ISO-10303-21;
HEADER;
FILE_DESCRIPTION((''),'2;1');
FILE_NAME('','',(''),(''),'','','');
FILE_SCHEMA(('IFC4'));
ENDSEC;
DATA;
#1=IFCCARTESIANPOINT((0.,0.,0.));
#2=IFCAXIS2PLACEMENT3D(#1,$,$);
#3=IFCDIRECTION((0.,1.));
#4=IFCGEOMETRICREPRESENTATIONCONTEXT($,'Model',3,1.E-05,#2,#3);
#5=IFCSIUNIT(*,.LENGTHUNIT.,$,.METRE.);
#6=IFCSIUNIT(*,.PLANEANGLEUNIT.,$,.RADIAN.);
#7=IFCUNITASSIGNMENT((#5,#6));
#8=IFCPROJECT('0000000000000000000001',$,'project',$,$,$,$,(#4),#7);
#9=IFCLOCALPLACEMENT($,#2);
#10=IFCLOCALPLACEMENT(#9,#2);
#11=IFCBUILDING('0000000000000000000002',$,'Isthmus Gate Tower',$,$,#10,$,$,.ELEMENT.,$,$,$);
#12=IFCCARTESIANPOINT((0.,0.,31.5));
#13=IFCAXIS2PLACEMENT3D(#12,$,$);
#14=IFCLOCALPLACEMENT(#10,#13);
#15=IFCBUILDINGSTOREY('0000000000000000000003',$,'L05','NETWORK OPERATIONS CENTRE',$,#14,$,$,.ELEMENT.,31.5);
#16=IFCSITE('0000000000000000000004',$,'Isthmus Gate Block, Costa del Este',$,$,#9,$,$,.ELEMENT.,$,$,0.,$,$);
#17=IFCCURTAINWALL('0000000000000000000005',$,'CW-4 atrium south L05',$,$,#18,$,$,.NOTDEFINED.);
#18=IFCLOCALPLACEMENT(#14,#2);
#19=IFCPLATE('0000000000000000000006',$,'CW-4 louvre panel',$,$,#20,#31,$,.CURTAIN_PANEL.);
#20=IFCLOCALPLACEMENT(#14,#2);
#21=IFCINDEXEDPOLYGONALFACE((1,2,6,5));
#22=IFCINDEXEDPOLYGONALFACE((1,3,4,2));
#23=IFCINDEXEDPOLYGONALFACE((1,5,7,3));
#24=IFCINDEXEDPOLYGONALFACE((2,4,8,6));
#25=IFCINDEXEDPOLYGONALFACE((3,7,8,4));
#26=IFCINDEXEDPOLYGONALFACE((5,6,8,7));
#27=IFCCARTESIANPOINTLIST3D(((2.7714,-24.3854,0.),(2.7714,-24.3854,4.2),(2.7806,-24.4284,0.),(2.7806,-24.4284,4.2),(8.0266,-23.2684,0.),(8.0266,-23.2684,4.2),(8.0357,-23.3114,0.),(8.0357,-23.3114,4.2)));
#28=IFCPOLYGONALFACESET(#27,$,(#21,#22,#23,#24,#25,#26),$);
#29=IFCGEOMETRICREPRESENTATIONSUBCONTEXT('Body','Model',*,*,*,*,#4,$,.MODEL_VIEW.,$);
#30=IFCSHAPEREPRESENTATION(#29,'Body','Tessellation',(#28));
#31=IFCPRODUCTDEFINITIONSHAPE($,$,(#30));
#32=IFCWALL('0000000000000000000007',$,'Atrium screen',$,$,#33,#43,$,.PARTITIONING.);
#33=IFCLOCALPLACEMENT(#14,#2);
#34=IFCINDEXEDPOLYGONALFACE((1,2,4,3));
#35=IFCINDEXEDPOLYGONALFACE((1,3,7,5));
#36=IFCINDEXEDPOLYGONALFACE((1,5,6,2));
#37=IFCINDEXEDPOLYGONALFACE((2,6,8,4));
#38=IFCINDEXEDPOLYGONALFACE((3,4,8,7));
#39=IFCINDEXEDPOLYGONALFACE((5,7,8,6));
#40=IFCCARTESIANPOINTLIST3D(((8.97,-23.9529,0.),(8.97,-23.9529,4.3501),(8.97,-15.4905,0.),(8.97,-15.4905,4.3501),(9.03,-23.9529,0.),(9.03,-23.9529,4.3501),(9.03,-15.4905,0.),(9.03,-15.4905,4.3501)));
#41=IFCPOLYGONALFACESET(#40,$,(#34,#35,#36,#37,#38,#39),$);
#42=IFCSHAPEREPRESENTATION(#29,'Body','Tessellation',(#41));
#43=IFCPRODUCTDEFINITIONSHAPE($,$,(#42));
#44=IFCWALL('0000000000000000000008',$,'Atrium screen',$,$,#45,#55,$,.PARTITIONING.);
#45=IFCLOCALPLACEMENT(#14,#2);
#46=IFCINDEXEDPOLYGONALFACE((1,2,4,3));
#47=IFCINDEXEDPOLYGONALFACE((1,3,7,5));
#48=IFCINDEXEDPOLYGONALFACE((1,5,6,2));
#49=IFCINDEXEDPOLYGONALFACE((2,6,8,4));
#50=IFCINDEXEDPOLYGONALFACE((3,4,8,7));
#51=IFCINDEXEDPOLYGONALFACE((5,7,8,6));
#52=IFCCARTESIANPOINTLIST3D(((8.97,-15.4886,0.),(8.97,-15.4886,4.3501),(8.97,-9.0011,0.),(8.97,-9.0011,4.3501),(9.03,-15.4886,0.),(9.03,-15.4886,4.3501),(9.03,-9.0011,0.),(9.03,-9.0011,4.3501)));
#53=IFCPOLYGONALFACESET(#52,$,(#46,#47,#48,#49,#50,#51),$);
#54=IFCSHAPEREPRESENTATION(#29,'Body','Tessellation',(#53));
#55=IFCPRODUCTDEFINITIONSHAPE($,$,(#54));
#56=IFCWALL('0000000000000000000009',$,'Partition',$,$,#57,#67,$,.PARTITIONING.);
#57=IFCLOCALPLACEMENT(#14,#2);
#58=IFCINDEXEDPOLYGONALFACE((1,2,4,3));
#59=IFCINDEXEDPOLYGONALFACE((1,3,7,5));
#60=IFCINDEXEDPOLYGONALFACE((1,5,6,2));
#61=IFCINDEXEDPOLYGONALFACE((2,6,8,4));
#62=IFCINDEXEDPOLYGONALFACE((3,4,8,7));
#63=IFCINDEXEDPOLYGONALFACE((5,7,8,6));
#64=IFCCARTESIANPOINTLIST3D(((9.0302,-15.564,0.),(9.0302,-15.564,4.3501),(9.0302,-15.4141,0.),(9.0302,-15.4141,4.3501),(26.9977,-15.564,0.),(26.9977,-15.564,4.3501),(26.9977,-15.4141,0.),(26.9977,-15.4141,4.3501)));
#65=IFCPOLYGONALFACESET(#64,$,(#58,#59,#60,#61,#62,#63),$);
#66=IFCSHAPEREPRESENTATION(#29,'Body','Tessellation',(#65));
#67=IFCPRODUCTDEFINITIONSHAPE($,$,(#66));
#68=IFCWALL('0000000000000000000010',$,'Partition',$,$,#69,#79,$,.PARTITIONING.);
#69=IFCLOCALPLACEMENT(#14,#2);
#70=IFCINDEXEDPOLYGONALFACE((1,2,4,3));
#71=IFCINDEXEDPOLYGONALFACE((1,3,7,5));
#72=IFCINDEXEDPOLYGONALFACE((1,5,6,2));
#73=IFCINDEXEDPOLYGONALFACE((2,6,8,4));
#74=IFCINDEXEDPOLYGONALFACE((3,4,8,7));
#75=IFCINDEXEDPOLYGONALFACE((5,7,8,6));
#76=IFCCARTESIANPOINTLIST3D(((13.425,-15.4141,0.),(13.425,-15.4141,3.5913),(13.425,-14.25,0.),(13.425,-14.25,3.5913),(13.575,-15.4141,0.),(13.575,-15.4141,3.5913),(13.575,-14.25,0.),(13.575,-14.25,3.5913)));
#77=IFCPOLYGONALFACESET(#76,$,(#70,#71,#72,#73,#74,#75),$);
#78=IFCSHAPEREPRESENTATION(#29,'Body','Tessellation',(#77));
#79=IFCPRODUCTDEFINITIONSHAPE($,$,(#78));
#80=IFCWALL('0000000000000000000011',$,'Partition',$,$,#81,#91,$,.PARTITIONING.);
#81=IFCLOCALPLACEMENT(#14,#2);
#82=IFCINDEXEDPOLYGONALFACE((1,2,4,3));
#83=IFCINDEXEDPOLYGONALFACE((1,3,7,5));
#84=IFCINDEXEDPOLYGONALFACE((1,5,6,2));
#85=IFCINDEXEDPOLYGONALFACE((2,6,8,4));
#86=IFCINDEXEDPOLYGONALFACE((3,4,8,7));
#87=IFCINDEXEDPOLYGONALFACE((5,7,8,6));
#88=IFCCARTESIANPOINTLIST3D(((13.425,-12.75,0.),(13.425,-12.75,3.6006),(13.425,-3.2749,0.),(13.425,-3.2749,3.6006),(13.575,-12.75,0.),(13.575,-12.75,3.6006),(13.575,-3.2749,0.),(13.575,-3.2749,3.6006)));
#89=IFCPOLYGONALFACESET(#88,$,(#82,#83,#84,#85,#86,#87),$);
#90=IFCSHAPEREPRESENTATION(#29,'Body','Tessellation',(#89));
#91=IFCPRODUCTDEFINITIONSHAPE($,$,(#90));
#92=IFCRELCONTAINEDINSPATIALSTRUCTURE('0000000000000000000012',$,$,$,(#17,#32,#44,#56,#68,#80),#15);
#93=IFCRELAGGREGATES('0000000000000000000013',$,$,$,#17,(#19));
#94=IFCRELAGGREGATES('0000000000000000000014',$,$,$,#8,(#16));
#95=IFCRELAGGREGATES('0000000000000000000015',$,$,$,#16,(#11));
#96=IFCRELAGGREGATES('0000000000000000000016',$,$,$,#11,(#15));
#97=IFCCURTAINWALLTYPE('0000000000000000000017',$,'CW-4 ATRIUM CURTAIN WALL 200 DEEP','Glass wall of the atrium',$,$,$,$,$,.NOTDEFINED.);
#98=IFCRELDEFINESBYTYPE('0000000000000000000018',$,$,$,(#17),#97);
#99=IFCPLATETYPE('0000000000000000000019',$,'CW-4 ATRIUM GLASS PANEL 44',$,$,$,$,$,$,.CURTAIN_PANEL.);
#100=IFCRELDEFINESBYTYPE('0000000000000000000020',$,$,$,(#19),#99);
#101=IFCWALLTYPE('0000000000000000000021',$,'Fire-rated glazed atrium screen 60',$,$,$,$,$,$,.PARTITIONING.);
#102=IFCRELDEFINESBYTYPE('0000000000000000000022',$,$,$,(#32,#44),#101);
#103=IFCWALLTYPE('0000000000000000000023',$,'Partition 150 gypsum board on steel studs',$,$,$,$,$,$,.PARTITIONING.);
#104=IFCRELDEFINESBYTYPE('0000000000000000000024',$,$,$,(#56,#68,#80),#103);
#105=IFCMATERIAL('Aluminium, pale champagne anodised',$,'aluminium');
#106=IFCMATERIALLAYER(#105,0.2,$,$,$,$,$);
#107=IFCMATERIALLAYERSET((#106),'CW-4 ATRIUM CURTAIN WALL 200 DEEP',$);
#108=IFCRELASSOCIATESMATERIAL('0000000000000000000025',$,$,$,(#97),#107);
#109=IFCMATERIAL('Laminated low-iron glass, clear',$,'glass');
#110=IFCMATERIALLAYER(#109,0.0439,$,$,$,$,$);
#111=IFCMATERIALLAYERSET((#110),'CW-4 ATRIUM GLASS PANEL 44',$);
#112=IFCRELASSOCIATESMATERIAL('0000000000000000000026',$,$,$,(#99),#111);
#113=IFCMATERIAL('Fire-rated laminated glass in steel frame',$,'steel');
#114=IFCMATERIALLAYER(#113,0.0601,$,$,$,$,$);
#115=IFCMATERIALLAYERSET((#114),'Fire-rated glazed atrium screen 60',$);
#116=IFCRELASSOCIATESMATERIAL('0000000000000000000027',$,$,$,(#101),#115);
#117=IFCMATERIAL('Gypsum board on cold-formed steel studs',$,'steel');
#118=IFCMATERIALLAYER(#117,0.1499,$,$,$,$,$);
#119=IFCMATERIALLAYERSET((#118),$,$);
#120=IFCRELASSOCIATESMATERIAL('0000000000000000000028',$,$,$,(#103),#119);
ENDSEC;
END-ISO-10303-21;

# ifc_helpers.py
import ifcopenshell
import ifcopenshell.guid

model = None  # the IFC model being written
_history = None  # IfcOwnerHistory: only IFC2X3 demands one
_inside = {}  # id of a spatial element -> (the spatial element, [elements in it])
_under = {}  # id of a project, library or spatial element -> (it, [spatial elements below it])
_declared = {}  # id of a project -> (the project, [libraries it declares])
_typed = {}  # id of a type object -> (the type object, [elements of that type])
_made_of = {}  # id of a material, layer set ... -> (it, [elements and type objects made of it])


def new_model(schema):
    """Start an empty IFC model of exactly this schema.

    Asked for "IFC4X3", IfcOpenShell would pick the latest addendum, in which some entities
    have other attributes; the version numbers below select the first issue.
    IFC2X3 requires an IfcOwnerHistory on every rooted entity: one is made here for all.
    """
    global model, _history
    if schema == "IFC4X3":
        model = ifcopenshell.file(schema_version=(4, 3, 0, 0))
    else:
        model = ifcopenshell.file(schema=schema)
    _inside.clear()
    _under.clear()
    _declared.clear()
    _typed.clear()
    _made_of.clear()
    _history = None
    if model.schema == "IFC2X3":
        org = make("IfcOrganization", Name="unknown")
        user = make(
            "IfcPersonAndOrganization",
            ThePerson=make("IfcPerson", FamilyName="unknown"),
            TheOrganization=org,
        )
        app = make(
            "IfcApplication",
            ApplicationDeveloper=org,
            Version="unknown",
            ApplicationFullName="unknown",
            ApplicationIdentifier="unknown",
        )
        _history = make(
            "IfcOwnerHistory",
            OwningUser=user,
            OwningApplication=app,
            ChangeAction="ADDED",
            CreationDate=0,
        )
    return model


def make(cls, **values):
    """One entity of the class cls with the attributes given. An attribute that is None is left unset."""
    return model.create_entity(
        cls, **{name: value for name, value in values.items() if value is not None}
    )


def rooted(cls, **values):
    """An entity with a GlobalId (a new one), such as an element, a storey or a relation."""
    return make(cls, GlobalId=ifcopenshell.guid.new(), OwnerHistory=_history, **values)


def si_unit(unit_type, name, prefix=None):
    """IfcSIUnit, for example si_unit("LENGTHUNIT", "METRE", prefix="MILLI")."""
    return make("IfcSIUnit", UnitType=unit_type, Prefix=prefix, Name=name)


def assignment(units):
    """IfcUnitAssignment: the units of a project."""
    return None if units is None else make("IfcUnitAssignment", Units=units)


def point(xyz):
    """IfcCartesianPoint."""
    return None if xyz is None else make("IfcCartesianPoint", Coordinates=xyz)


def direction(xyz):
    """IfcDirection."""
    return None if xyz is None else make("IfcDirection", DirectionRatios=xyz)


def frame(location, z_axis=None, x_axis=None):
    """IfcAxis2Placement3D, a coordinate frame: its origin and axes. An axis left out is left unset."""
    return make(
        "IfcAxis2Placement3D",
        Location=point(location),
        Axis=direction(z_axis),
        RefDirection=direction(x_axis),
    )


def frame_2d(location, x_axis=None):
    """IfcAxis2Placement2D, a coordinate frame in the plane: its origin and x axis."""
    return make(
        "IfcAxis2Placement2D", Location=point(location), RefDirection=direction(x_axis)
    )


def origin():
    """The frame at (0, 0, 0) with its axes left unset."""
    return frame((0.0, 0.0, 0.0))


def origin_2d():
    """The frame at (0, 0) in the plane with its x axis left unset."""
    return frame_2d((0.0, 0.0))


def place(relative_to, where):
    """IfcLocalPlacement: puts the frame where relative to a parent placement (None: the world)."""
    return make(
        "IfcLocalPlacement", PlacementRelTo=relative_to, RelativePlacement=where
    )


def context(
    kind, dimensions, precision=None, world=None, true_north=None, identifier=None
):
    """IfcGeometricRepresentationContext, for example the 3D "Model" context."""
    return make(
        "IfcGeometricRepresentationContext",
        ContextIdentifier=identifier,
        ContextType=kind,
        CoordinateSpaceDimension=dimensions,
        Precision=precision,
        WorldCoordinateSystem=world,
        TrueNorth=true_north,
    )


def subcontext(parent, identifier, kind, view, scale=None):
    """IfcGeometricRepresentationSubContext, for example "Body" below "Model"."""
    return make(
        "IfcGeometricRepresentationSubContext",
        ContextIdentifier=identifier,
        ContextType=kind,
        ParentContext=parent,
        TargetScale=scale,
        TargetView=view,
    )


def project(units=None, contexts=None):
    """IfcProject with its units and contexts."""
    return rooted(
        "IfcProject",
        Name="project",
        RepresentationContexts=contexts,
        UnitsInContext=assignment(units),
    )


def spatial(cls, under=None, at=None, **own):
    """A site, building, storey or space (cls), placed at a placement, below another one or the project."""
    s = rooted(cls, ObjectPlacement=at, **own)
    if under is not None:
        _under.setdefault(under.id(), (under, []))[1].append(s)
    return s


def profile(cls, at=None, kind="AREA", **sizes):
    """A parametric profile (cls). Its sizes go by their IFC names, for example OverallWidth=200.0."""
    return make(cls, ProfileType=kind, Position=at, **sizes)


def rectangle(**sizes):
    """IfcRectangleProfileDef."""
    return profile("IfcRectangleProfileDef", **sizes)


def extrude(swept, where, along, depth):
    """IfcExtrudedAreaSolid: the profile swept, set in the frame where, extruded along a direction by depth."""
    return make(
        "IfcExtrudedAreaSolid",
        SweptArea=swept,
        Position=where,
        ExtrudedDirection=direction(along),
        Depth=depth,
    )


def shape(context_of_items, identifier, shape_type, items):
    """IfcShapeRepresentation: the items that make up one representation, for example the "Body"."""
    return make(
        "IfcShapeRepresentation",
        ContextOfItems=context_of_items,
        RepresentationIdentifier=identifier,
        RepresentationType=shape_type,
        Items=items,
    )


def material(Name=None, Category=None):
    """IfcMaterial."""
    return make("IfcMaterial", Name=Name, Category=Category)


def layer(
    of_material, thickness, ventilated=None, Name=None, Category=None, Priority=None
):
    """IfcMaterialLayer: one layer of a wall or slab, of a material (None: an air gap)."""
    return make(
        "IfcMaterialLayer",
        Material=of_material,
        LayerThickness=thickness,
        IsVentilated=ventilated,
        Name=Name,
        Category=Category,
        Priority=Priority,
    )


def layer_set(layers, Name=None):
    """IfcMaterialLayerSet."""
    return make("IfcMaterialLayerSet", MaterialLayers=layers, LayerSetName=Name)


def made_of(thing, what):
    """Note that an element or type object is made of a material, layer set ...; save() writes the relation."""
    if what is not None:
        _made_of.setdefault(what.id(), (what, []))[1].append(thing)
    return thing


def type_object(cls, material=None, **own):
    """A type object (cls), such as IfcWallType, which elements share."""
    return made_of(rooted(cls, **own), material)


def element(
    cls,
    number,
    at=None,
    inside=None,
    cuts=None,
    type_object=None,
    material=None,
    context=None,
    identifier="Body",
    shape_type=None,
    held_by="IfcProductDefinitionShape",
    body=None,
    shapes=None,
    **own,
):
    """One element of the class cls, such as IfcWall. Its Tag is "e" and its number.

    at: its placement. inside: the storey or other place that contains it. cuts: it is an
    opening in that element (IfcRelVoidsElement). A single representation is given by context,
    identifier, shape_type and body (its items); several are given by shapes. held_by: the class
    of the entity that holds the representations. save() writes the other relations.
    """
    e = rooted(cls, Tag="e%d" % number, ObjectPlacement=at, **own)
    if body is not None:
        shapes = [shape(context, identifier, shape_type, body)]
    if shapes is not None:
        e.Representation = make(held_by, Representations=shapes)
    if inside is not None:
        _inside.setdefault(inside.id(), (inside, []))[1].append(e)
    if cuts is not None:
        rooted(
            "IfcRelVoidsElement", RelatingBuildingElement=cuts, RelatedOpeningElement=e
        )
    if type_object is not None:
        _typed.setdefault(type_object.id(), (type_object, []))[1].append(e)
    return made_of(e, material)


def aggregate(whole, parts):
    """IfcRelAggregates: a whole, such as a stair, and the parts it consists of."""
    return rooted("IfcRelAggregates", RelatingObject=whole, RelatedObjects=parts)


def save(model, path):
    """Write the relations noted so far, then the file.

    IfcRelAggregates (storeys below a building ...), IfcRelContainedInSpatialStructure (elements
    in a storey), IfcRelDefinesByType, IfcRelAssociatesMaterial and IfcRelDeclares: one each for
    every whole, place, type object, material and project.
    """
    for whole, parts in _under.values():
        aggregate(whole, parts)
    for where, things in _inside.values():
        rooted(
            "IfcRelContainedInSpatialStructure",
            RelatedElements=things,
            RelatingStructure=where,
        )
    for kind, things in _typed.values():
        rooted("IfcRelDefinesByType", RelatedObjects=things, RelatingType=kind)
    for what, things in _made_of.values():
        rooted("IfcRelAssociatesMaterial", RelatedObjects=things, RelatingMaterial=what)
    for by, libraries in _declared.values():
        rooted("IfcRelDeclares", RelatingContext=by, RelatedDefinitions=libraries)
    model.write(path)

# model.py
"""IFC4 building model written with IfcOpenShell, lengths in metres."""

from ifc_helpers import new_model, si_unit, direction, frame, frame_2d, origin, origin_2d, place, context, subcontext, project, spatial, rectangle, extrude, material, layer, layer_set, type_object, element, aggregate, save


model = new_model("IFC4")

# Units and contexts
model_context = context("Model", 3, precision=1e-05, world=origin(), true_north=direction((0.0, 1.0)))
body_context = subcontext(model_context, "Body", "Model", "MODEL_VIEW")
ifc_project = project(units=[si_unit("LENGTHUNIT", "METRE"), si_unit("PLANEANGLEUNIT", "RADIAN")], contexts=[model_context])

# Site, building, storey
site_placement = place(None, origin())
site = spatial("IfcSite", under=ifc_project, at=site_placement, Name="Isthmus Gate Block, Costa del Este", CompositionType="ELEMENT", RefElevation=0.0)
building_placement = place(site_placement, origin())
building = spatial("IfcBuilding", under=site, at=building_placement, Name="Isthmus Gate Tower", CompositionType="ELEMENT")
storey_placement = place(building_placement, frame((0.0, 0.0, 31.5)))
storey = spatial("IfcBuildingStorey", under=building, at=storey_placement, Name="L05", Description="NETWORK OPERATIONS CENTRE", CompositionType="ELEMENT", Elevation=31.5)

# Curtain wall
ifc_material_1 = material(Name="Aluminium, pale champagne anodised", Category="aluminium")
ifc_layer_1 = layer(ifc_material_1, 0.2)
ifc_layer_set_1 = layer_set([ifc_layer_1], Name="CW-4 ATRIUM CURTAIN WALL 200 DEEP")
curtain_wall_type = type_object("IfcCurtainWallType", Name="CW-4 ATRIUM CURTAIN WALL 200 DEEP", Description="Glass wall of the atrium", PredefinedType="NOTDEFINED", material=ifc_layer_set_1)
curtain_wall_placement = place(storey_placement, origin())
curtain_wall = element("IfcCurtainWall", 1, at=curtain_wall_placement, inside=storey, type_object=curtain_wall_type, Name="CW-4 atrium south L05", PredefinedType="NOTDEFINED")

# Plate
ifc_material_2 = material(Name="Laminated low-iron glass, clear", Category="glass")
ifc_layer_2 = layer(ifc_material_2, 0.0439)
ifc_layer_set_2 = layer_set([ifc_layer_2], Name="CW-4 ATRIUM GLASS PANEL 44")
plate_type = type_object("IfcPlateType", Name="CW-4 ATRIUM GLASS PANEL 44", PredefinedType="CURTAIN_PANEL", material=ifc_layer_set_2)
plate_1_placement = place(storey_placement, frame((5.4036, -23.8484, 0.0), z_axis=(0.0, 0.0, 1.0), x_axis=(0.978148, 0.207912, 0.0)))
plate_1 = element("IfcPlate", 2, at=plate_1_placement, type_object=plate_type, Name="CW-4 louvre panel", PredefinedType="CURTAIN_PANEL", context=body_context, shape_type="SweptSolid", body=[
    extrude(rectangle(XDim=5.3726, YDim=0.0439, at=origin_2d()), origin(), (0.0, 0.0, 1.0), 4.2),
])
aggregate(curtain_wall, [plate_1])

# Walls
ifc_material_3 = material(Name="Fire-rated laminated glass in steel frame", Category="steel")
ifc_layer_3 = layer(ifc_material_3, 0.0601)
ifc_layer_set_3 = layer_set([ifc_layer_3], Name="Fire-rated glazed atrium screen 60")
wall_type_1 = type_object("IfcWallType", Name="Fire-rated glazed atrium screen 60", PredefinedType="PARTITIONING", material=ifc_layer_set_3)
wall_1_placement = place(storey_placement, frame((9.0, -23.9529, 0.0), z_axis=(0.0, 0.0, 1.0), x_axis=(0.0, 1.0, 0.0)))
element("IfcWall", 3, at=wall_1_placement, inside=storey, type_object=wall_type_1, Name="Atrium screen", PredefinedType="PARTITIONING", context=body_context, shape_type="SweptSolid", body=[
    extrude(rectangle(XDim=8.4624, YDim=0.0601, at=frame_2d((4.2312, 0.0))), origin(), (0.0, 0.0, 1.0), 4.3501),
])
wall_2_placement = place(storey_placement, frame((9.0, -15.4885, 0.0), z_axis=(0.0, 0.0, 1.0), x_axis=(0.0, 1.0, 0.0)))
element("IfcWall", 4, at=wall_2_placement, inside=storey, type_object=wall_type_1, Name="Atrium screen", PredefinedType="PARTITIONING", context=body_context, shape_type="SweptSolid", body=[
    extrude(rectangle(XDim=6.4875, YDim=0.0601, at=frame_2d((3.2437, 0.0))), origin(), (0.0, 0.0, 1.0), 4.3501),
])
ifc_material_4 = material(Name="Gypsum board on cold-formed steel studs", Category="steel")
ifc_layer_4 = layer(ifc_material_4, 0.1499)
ifc_layer_set_4 = layer_set([ifc_layer_4])
wall_type_2 = type_object("IfcWallType", Name="Partition 150 gypsum board on steel studs", PredefinedType="PARTITIONING", material=ifc_layer_set_4)
wall_3_placement = place(storey_placement, frame((9.03, -15.489, 0.0), z_axis=(0.0, 0.0, 1.0), x_axis=(1.0, 0.0, 0.0)))
element("IfcWall", 5, at=wall_3_placement, inside=storey, type_object=wall_type_2, Name="Partition", PredefinedType="PARTITIONING", context=body_context, shape_type="SweptSolid", body=[
    extrude(rectangle(XDim=17.9675, YDim=0.1499, at=frame_2d((8.9839, 0.0))), origin(), (0.0, 0.0, 1.0), 4.3501),
])
wall_4_placement = place(storey_placement, frame((13.5, -15.4141, 0.0), z_axis=(0.0, 0.0, 1.0), x_axis=(0.0, 1.0, 0.0)))
element("IfcWall", 6, at=wall_4_placement, inside=storey, type_object=wall_type_2, Name="Partition", PredefinedType="PARTITIONING", context=body_context, shape_type="SweptSolid", body=[
    extrude(rectangle(XDim=1.1641, YDim=0.1499, at=frame_2d((0.582, 0.0))), origin(), (0.0, 0.0, 1.0), 3.5913),
])
wall_5_placement = place(storey_placement, frame((13.5, -12.75, 0.0), z_axis=(0.0, 0.0, 1.0), x_axis=(0.0, 1.0, 0.0)))
element("IfcWall", 7, at=wall_5_placement, inside=storey, type_object=wall_type_2, Name="Partition", PredefinedType="PARTITIONING", context=body_context, shape_type="SweptSolid", body=[
    extrude(rectangle(XDim=9.4751, YDim=0.1499, at=frame_2d((4.7375, 0.0))), origin(), (0.0, 0.0, 1.0), 3.6006),
])

save(model, "model.ifc")
